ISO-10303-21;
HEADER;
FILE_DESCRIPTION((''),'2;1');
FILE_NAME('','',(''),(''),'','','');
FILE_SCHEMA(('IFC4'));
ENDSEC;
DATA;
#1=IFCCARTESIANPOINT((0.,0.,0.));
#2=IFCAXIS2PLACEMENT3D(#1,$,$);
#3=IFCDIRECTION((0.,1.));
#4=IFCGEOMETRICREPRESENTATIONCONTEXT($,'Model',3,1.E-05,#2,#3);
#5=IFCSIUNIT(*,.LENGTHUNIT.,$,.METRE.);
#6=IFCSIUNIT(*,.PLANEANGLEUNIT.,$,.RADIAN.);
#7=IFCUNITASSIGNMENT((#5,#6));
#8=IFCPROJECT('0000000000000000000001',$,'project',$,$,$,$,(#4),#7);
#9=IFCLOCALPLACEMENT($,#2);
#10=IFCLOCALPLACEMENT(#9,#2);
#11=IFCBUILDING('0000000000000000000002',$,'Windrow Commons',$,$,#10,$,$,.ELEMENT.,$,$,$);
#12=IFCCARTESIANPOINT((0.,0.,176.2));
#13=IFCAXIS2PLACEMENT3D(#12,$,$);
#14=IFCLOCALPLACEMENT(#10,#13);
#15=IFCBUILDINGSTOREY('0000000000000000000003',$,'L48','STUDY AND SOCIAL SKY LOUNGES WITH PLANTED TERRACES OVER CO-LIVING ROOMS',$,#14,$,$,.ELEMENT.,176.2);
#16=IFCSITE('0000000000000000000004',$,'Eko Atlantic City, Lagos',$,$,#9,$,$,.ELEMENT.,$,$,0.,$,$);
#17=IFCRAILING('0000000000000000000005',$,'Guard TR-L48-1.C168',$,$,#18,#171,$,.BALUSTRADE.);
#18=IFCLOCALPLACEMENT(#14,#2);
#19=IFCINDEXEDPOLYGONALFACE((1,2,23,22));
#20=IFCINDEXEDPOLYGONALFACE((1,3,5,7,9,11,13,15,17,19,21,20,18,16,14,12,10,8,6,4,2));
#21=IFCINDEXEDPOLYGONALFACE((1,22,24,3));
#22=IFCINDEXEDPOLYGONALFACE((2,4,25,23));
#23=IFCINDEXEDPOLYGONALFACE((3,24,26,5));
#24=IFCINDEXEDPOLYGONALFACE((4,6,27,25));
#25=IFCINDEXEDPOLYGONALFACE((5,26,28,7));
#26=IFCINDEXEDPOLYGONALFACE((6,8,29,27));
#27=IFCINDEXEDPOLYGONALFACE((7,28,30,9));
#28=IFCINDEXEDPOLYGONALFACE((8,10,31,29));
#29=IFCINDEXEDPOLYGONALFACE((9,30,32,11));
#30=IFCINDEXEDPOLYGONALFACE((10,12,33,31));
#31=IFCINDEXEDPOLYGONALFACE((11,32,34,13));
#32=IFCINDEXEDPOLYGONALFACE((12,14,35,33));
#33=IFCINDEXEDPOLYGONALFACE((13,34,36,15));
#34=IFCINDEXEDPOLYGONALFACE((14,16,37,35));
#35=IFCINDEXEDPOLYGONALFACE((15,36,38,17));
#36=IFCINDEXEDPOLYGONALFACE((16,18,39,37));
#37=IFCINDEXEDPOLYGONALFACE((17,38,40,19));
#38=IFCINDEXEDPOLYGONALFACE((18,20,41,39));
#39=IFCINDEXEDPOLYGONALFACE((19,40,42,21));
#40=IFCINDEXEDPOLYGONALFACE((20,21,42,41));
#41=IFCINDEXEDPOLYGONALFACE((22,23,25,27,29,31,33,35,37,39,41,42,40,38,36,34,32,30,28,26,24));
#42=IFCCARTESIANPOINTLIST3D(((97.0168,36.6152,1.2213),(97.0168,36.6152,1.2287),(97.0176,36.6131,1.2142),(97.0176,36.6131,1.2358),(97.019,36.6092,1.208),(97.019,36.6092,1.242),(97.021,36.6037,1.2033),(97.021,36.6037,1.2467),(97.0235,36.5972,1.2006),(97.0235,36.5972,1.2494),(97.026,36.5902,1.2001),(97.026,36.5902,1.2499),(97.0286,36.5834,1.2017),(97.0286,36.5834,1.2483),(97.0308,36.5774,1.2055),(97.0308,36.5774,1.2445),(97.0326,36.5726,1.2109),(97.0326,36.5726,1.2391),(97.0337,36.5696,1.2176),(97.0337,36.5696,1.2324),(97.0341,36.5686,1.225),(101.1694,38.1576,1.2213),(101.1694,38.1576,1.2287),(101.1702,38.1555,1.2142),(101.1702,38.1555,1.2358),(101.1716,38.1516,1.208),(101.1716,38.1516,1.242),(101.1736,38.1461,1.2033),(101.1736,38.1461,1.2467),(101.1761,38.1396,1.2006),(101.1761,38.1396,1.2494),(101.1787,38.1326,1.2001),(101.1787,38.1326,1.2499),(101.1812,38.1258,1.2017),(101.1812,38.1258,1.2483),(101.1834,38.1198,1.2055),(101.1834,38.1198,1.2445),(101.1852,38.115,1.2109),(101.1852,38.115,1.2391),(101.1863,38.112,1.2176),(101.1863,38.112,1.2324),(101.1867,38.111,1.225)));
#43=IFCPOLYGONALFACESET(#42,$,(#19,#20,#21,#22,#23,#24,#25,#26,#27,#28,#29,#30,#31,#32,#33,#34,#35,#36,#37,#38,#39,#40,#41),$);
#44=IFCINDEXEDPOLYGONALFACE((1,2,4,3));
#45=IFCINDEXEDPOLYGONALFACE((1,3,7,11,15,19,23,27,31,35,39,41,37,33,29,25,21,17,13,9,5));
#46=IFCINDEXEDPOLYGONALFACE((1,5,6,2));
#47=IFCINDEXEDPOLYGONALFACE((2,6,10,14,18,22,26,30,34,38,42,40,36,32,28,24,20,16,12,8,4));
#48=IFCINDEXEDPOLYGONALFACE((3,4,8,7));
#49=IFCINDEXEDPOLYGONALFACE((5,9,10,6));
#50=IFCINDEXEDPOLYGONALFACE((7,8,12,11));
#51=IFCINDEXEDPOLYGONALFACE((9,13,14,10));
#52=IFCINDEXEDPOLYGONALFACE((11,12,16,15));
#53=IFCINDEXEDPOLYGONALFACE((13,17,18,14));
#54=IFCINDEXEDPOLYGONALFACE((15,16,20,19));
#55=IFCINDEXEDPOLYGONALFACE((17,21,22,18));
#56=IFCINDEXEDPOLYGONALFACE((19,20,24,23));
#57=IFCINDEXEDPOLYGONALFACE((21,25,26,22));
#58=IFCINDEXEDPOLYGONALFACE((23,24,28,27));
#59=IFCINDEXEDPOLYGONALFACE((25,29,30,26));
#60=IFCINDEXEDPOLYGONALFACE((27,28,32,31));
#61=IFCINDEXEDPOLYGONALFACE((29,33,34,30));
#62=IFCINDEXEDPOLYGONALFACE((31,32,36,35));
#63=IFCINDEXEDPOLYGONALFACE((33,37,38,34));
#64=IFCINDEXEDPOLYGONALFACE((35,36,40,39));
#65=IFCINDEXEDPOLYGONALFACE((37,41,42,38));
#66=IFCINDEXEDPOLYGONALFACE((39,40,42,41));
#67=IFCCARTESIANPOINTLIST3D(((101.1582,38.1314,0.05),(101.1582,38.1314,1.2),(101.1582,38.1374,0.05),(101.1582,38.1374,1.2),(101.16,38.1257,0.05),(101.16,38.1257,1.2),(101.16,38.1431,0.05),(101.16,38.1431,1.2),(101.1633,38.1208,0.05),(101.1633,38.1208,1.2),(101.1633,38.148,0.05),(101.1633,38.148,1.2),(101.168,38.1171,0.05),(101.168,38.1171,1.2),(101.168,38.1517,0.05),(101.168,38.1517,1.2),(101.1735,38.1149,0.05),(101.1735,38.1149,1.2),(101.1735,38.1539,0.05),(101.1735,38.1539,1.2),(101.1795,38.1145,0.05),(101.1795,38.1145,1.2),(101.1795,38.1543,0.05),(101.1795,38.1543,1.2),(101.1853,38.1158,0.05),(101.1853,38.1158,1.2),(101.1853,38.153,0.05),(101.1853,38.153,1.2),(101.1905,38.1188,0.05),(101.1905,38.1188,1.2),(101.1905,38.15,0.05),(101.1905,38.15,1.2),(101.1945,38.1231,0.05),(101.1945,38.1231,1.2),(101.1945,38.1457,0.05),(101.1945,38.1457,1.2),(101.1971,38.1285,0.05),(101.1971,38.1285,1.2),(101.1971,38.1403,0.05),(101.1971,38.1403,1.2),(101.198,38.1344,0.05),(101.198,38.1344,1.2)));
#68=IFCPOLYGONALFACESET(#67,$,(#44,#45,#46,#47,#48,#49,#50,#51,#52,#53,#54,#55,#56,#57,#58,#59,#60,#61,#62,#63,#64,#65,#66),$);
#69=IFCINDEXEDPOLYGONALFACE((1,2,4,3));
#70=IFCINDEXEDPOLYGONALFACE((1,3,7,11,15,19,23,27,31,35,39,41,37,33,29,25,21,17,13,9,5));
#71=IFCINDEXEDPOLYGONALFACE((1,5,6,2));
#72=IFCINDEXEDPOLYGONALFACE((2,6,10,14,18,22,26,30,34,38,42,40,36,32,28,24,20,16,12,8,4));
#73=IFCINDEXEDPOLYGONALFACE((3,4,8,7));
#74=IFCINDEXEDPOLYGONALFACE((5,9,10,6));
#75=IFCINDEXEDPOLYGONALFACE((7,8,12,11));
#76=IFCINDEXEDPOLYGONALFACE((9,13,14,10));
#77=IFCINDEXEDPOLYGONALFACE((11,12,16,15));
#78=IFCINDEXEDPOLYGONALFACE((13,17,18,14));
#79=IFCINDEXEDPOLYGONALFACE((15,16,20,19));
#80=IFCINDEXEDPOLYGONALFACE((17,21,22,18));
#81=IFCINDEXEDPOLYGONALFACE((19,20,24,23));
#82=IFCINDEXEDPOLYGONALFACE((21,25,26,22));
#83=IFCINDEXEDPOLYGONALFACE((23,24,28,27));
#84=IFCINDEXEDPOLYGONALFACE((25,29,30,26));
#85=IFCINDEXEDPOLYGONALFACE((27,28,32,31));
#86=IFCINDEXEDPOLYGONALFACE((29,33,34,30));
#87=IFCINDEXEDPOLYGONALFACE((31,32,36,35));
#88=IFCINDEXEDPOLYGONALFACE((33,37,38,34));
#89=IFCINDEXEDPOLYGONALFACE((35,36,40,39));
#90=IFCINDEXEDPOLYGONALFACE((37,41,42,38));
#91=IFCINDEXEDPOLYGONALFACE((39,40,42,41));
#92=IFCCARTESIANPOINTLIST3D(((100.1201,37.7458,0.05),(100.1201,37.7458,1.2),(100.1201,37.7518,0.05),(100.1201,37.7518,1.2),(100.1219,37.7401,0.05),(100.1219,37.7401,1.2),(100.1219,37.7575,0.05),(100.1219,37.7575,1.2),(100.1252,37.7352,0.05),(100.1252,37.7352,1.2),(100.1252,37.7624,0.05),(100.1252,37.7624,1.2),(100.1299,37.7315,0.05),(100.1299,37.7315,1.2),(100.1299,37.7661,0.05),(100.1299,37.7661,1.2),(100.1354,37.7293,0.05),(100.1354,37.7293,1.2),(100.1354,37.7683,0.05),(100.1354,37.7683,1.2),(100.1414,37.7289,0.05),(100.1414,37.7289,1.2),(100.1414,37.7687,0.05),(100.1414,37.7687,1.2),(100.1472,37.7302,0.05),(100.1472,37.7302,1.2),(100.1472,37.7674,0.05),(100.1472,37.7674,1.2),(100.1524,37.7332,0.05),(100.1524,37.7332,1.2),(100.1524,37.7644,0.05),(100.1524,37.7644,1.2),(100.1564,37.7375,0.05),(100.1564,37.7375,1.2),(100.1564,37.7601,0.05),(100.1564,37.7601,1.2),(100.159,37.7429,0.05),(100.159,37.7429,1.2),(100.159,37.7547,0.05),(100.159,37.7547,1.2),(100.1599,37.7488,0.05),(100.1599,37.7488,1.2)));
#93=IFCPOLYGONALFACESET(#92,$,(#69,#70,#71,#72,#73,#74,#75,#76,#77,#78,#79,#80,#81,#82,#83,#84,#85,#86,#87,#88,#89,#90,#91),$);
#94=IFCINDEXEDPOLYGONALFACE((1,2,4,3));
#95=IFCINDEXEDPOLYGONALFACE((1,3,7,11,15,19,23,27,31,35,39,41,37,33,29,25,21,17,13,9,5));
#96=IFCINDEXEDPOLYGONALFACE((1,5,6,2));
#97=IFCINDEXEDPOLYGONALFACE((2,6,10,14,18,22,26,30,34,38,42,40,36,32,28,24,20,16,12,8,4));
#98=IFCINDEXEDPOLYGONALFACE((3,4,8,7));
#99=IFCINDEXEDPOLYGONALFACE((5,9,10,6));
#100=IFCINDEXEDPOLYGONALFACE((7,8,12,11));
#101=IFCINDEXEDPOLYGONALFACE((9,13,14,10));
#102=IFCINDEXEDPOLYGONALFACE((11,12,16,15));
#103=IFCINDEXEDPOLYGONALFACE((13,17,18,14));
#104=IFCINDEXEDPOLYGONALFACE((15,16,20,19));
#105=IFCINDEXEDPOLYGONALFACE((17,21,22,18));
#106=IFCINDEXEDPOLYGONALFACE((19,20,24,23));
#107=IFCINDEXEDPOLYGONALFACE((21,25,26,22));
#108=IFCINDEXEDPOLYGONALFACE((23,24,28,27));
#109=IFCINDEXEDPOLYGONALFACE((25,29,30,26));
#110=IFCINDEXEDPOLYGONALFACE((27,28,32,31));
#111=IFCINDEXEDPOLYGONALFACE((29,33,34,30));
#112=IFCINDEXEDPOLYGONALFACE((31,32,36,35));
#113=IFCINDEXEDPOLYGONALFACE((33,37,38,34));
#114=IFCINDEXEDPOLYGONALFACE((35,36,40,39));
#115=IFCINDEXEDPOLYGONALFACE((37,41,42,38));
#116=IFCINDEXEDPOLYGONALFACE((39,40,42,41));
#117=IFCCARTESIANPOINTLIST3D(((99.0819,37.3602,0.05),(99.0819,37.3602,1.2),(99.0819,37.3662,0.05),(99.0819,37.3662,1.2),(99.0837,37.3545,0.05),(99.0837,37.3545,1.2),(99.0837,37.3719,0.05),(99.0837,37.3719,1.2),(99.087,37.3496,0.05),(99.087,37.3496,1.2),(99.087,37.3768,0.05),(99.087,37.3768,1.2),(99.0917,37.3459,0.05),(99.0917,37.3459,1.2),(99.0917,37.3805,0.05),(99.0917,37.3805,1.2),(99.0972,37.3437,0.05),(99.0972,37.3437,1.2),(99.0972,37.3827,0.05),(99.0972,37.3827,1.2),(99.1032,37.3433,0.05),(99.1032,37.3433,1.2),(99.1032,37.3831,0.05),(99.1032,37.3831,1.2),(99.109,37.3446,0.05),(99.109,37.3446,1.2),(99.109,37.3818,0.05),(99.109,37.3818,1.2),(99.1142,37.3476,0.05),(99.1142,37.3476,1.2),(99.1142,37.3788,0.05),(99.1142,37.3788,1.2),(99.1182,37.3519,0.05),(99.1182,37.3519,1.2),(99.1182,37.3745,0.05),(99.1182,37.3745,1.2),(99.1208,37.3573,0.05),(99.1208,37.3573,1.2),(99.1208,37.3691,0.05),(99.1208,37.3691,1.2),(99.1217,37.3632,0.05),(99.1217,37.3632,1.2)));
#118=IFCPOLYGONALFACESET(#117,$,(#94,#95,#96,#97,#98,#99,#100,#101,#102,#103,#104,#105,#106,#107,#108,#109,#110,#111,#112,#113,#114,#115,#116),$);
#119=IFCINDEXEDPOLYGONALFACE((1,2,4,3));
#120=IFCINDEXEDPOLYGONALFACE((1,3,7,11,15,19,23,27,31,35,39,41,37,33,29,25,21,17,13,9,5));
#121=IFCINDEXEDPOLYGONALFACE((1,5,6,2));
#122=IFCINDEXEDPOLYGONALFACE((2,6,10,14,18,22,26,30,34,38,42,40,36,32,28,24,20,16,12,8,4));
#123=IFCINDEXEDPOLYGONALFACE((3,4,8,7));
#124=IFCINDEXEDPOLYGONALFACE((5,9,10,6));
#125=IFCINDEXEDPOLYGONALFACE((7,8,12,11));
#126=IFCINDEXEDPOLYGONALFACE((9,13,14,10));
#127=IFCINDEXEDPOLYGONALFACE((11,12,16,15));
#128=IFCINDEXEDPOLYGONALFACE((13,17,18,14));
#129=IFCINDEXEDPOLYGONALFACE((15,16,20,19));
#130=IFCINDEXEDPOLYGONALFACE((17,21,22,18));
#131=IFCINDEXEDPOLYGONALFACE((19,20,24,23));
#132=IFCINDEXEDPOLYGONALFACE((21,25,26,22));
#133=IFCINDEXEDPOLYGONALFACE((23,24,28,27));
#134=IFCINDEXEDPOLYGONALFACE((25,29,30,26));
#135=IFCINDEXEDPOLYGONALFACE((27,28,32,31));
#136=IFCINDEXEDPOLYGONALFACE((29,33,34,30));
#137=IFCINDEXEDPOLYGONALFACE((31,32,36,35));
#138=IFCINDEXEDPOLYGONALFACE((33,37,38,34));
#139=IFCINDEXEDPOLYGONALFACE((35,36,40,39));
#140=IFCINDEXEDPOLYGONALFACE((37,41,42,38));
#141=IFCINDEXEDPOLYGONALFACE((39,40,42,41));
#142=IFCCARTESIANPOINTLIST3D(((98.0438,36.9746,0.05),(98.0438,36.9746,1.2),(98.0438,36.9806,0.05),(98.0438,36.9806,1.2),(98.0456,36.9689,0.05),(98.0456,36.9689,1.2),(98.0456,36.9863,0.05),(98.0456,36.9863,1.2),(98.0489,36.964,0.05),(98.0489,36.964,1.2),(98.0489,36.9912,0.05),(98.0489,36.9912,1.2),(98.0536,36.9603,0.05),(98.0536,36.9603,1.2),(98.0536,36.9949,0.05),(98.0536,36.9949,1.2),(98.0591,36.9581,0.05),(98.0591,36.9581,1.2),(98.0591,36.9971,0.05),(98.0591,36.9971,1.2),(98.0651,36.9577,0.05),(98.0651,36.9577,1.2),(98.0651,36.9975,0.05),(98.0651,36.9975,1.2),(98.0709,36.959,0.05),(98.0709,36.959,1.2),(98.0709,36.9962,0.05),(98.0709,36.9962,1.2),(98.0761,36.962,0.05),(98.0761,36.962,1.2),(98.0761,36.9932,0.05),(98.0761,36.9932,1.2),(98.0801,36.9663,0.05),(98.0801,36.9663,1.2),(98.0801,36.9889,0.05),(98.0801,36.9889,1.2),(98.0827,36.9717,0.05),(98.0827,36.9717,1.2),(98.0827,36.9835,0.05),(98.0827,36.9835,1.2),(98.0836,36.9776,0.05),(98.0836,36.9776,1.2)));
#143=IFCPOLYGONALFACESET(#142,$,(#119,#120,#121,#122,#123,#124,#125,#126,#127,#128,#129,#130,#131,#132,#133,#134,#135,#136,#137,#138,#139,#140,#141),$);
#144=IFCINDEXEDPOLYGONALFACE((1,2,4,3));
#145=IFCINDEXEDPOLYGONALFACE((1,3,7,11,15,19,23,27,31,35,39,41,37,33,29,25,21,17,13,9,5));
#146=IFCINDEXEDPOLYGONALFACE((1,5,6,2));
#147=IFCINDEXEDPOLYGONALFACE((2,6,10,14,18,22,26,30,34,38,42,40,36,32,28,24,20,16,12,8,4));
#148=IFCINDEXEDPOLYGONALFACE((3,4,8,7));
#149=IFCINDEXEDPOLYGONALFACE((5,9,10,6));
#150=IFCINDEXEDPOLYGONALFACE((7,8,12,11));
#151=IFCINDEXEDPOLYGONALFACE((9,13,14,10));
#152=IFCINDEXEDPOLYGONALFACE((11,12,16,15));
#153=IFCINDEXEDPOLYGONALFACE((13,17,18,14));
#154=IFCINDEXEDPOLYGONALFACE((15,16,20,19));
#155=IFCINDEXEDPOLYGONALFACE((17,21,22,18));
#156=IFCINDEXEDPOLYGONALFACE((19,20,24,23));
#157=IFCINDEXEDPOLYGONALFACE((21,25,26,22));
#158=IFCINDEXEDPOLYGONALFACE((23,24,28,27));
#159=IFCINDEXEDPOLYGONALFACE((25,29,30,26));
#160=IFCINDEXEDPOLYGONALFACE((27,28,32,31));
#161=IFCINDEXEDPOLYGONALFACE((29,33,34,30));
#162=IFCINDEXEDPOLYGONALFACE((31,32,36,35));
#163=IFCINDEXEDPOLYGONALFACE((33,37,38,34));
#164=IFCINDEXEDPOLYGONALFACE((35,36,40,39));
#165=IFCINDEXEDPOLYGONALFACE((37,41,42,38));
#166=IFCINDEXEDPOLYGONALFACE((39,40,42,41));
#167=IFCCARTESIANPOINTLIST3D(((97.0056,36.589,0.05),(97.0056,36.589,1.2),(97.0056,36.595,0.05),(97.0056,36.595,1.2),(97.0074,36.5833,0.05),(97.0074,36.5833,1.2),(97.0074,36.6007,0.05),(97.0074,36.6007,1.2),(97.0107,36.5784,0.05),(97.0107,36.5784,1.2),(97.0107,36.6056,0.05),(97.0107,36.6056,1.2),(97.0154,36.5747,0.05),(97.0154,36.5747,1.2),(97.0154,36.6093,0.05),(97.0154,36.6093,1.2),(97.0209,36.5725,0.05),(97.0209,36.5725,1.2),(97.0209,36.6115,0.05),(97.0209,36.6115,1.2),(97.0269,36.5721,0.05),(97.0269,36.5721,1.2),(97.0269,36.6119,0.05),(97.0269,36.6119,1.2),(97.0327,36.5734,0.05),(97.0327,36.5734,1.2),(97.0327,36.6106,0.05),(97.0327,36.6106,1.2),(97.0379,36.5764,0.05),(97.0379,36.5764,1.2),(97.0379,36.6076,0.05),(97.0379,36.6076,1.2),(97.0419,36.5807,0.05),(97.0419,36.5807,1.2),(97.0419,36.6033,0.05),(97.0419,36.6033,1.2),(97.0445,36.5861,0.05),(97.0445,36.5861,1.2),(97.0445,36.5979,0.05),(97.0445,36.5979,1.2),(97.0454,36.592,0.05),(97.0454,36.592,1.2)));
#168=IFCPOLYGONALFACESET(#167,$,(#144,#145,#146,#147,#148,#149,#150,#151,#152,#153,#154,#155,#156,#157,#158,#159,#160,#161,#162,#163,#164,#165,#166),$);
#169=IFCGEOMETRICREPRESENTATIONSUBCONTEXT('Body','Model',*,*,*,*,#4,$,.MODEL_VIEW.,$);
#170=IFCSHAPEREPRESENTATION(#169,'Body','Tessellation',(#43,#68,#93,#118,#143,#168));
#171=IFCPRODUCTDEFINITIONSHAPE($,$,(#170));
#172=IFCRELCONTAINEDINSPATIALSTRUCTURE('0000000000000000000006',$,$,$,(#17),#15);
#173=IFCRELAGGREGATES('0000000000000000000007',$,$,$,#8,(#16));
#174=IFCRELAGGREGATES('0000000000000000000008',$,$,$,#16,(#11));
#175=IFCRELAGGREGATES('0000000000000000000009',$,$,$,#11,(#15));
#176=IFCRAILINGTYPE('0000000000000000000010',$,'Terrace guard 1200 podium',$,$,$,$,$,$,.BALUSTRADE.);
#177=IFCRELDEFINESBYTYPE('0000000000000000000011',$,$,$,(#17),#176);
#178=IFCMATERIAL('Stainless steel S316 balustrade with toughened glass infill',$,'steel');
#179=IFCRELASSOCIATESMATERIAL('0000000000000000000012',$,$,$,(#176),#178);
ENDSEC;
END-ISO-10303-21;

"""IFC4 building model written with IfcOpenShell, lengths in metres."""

from ifc_helpers import new_model, si_unit, direction, frame, origin, origin_2d, place, context, subcontext, project, spatial, circle, extrude, material, type_object, element, save


model = new_model("IFC4")

# Units and contexts
model_context = context("Model", 3, precision=1e-05, world=origin(), true_north=direction((0.0, 1.0)))
body_context = subcontext(model_context, "Body", "Model", "MODEL_VIEW")
ifc_project = project(units=[si_unit("LENGTHUNIT", "METRE"), si_unit("PLANEANGLEUNIT", "RADIAN")], contexts=[model_context])

# Site, building, storey
site_placement = place(None, origin())
site = spatial("IfcSite", under=ifc_project, at=site_placement, Name="Eko Atlantic City, Lagos", CompositionType="ELEMENT", RefElevation=0.0)
building_placement = place(site_placement, origin())
building = spatial("IfcBuilding", under=site, at=building_placement, Name="Windrow Commons", CompositionType="ELEMENT")
storey_placement = place(building_placement, frame((0.0, 0.0, 176.2)))
storey = spatial("IfcBuildingStorey", under=building, at=storey_placement, Name="L48", Description="STUDY AND SOCIAL SKY LOUNGES WITH PLANTED TERRACES OVER CO-LIVING ROOMS", CompositionType="ELEMENT", Elevation=176.2)

# Railing
ifc_material_1 = material(Name="Stainless steel S316 balustrade with toughened glass infill", Category="steel")
railing_type = type_object("IfcRailingType", Name="Terrace guard 1200 podium", PredefinedType="BALUSTRADE", material=ifc_material_1)
railing_1_placement = place(storey_placement, frame((101.178, 38.1344, 0.05)))
element("IfcRailing", 1, at=railing_1_placement, inside=storey, type_object=railing_type, Name="Guard TR-L48-1.C168", PredefinedType="BALUSTRADE", context=body_context, shape_type="SweptSolid", body=[
    extrude(circle(Radius=0.025, at=origin_2d()), frame((0.0, 0.0, 1.175), z_axis=(-0.937425, -0.348188, 0.0), x_axis=(0.348188, -0.937425, 0.0)), (0.0, 0.0, 1.0), 4.4298),
    extrude(circle(Radius=0.02, at=origin_2d()), origin(), (0.0, 0.0, 1.0), 1.15),
    extrude(circle(Radius=0.02, at=origin_2d()), frame((-1.0381, -0.3856, 0.0)), (0.0, 0.0, 1.0), 1.15),
    extrude(circle(Radius=0.02, at=origin_2d()), frame((-2.0763, -0.7712, 0.0)), (0.0, 0.0, 1.0), 1.15),
    extrude(circle(Radius=0.02, at=origin_2d()), frame((-3.1144, -1.1568, 0.0)), (0.0, 0.0, 1.0), 1.15),
    extrude(circle(Radius=0.02, at=origin_2d()), frame((-4.1526, -1.5424, 0.0)), (0.0, 0.0, 1.0), 1.15),
])

save(model, "model.ifc")
